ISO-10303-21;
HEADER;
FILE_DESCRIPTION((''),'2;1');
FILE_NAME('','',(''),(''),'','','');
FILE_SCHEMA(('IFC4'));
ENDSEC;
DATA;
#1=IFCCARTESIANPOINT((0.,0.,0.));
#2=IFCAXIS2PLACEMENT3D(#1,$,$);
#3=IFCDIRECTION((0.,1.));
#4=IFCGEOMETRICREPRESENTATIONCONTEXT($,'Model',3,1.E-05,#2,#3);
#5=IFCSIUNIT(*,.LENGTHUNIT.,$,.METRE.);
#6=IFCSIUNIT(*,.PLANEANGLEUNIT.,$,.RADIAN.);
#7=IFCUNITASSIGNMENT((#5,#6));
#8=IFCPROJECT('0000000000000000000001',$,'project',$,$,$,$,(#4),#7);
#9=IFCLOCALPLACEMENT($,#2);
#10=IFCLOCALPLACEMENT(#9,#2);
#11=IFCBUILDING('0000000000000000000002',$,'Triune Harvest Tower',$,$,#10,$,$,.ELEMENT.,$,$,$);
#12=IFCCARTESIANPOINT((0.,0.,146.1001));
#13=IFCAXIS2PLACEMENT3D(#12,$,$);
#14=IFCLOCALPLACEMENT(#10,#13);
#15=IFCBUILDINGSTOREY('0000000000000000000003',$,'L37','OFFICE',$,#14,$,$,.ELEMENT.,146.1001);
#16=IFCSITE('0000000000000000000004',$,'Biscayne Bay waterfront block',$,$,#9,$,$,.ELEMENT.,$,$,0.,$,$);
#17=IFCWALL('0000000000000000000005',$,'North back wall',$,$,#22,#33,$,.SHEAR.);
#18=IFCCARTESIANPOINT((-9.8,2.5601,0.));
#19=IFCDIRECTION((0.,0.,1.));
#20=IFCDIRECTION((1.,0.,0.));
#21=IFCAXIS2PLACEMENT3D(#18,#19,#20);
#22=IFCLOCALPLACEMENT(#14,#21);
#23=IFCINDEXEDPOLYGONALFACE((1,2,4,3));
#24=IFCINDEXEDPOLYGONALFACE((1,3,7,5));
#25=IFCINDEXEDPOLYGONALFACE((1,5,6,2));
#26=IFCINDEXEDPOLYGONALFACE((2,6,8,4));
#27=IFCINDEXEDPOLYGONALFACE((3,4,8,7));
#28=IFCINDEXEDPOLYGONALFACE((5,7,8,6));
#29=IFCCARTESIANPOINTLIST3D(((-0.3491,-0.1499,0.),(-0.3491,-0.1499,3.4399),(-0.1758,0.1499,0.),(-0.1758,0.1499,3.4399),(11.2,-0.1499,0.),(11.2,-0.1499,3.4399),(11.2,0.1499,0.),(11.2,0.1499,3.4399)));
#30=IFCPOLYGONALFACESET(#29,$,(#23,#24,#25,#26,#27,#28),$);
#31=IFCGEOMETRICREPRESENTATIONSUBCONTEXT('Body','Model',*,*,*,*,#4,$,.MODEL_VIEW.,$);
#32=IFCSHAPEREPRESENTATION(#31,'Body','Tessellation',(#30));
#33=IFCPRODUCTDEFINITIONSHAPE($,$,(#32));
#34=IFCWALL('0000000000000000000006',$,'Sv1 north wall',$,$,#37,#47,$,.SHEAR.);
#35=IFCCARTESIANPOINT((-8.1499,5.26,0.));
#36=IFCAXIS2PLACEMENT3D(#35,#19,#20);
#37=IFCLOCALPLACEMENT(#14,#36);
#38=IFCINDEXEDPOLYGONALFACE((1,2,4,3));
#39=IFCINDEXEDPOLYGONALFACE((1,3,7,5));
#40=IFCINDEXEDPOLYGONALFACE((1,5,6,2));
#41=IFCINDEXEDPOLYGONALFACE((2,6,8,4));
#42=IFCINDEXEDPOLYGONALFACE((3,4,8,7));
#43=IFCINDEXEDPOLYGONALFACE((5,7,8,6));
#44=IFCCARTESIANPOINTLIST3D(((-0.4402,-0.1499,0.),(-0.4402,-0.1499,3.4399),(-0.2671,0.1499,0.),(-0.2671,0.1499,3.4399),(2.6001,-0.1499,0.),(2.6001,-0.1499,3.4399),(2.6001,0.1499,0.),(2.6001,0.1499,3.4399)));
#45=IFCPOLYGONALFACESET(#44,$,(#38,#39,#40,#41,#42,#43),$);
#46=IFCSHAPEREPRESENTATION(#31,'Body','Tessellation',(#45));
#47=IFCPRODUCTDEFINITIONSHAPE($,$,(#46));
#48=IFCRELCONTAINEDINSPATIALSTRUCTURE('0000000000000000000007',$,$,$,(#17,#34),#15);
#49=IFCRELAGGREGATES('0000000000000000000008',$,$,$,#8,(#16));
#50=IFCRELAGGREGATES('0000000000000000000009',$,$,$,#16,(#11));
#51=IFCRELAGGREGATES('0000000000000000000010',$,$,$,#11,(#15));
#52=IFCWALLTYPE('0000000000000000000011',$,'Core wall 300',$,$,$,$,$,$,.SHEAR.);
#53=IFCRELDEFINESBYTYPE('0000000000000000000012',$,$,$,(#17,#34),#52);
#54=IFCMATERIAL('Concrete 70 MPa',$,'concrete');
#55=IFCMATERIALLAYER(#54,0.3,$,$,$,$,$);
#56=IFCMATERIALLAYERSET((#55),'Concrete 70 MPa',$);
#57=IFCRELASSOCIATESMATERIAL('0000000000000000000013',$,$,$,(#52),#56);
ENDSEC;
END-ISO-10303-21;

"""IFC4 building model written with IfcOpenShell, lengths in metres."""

from ifc_helpers import new_model, si_unit, direction, frame, origin, place, context, subcontext, project, spatial, polyline, outline, extrude, source, transform, mapped, material, layer, layer_set, type_object, element, save


model = new_model("IFC4")

# Units and contexts
model_context = context("Model", 3, precision=1e-05, world=origin(), true_north=direction((0.0, 1.0)))
body_context = subcontext(model_context, "Body", "Model", "MODEL_VIEW")
ifc_project = project(units=[si_unit("LENGTHUNIT", "METRE"), si_unit("PLANEANGLEUNIT", "RADIAN")], contexts=[model_context])

# Site, building, storey
site_placement = place(None, origin())
site = spatial("IfcSite", under=ifc_project, at=site_placement, Name="Biscayne Bay waterfront block", CompositionType="ELEMENT", RefElevation=0.0)
building_placement = place(site_placement, origin())
building = spatial("IfcBuilding", under=site, at=building_placement, Name="Triune Harvest Tower", CompositionType="ELEMENT")
storey_placement = place(building_placement, frame((0.0, 0.0, 146.1001)))
storey = spatial("IfcBuildingStorey", under=building, at=storey_placement, Name="L37", Description="OFFICE", CompositionType="ELEMENT", Elevation=146.1001)

# Walls
ifc_material_1 = material(Name="Concrete 70 MPa", Category="concrete")
ifc_layer_1 = layer(ifc_material_1, 0.3)
ifc_layer_set_1 = layer_set([ifc_layer_1], Name="Concrete 70 MPa")
wall_type_1 = type_object("IfcWallType", Name="Core wall 300", PredefinedType="SHEAR", material=ifc_layer_set_1)
shared_shape_1 = source(origin(), body_context, "Body", "SweptSolid", [
    extrude(outline(polyline([(11.2, -0.1499), (-0.3491, -0.1499), (-0.1758, 0.1499), (11.2, 0.1499), (11.2, -0.1499)])), origin(), (0.0, 0.0, 1.0), 3.4399),
])
wall_1_placement = place(storey_placement, frame((-9.8, 2.5601, 0.0), z_axis=(0.0, 0.0, 1.0), x_axis=(1.0, 0.0, 0.0)))
element("IfcWall", 1, at=wall_1_placement, inside=storey, type_object=wall_type_1, Name="North back wall", PredefinedType="SHEAR", context=body_context, shape_type="MappedRepresentation", body=[
    mapped(shared_shape_1, transform((0.0, 0.0, 0.0), scale=1.0)),
])
shared_shape_2 = source(origin(), body_context, "Body", "SweptSolid", [
    extrude(outline(polyline([(2.6001, -0.1499), (-0.4402, -0.1499), (-0.2671, 0.1499), (2.6001, 0.1499), (2.6001, -0.1499)])), origin(), (0.0, 0.0, 1.0), 3.4399),
])
wall_2_placement = place(storey_placement, frame((-8.1499, 5.26, 0.0), z_axis=(0.0, 0.0, 1.0), x_axis=(1.0, 0.0, 0.0)))
element("IfcWall", 2, at=wall_2_placement, inside=storey, type_object=wall_type_1, Name="Sv1 north wall", PredefinedType="SHEAR", context=body_context, shape_type="MappedRepresentation", body=[
    mapped(shared_shape_2, transform((0.0, 0.0, 0.0), scale=1.0)),
])

save(model, "model.ifc")
